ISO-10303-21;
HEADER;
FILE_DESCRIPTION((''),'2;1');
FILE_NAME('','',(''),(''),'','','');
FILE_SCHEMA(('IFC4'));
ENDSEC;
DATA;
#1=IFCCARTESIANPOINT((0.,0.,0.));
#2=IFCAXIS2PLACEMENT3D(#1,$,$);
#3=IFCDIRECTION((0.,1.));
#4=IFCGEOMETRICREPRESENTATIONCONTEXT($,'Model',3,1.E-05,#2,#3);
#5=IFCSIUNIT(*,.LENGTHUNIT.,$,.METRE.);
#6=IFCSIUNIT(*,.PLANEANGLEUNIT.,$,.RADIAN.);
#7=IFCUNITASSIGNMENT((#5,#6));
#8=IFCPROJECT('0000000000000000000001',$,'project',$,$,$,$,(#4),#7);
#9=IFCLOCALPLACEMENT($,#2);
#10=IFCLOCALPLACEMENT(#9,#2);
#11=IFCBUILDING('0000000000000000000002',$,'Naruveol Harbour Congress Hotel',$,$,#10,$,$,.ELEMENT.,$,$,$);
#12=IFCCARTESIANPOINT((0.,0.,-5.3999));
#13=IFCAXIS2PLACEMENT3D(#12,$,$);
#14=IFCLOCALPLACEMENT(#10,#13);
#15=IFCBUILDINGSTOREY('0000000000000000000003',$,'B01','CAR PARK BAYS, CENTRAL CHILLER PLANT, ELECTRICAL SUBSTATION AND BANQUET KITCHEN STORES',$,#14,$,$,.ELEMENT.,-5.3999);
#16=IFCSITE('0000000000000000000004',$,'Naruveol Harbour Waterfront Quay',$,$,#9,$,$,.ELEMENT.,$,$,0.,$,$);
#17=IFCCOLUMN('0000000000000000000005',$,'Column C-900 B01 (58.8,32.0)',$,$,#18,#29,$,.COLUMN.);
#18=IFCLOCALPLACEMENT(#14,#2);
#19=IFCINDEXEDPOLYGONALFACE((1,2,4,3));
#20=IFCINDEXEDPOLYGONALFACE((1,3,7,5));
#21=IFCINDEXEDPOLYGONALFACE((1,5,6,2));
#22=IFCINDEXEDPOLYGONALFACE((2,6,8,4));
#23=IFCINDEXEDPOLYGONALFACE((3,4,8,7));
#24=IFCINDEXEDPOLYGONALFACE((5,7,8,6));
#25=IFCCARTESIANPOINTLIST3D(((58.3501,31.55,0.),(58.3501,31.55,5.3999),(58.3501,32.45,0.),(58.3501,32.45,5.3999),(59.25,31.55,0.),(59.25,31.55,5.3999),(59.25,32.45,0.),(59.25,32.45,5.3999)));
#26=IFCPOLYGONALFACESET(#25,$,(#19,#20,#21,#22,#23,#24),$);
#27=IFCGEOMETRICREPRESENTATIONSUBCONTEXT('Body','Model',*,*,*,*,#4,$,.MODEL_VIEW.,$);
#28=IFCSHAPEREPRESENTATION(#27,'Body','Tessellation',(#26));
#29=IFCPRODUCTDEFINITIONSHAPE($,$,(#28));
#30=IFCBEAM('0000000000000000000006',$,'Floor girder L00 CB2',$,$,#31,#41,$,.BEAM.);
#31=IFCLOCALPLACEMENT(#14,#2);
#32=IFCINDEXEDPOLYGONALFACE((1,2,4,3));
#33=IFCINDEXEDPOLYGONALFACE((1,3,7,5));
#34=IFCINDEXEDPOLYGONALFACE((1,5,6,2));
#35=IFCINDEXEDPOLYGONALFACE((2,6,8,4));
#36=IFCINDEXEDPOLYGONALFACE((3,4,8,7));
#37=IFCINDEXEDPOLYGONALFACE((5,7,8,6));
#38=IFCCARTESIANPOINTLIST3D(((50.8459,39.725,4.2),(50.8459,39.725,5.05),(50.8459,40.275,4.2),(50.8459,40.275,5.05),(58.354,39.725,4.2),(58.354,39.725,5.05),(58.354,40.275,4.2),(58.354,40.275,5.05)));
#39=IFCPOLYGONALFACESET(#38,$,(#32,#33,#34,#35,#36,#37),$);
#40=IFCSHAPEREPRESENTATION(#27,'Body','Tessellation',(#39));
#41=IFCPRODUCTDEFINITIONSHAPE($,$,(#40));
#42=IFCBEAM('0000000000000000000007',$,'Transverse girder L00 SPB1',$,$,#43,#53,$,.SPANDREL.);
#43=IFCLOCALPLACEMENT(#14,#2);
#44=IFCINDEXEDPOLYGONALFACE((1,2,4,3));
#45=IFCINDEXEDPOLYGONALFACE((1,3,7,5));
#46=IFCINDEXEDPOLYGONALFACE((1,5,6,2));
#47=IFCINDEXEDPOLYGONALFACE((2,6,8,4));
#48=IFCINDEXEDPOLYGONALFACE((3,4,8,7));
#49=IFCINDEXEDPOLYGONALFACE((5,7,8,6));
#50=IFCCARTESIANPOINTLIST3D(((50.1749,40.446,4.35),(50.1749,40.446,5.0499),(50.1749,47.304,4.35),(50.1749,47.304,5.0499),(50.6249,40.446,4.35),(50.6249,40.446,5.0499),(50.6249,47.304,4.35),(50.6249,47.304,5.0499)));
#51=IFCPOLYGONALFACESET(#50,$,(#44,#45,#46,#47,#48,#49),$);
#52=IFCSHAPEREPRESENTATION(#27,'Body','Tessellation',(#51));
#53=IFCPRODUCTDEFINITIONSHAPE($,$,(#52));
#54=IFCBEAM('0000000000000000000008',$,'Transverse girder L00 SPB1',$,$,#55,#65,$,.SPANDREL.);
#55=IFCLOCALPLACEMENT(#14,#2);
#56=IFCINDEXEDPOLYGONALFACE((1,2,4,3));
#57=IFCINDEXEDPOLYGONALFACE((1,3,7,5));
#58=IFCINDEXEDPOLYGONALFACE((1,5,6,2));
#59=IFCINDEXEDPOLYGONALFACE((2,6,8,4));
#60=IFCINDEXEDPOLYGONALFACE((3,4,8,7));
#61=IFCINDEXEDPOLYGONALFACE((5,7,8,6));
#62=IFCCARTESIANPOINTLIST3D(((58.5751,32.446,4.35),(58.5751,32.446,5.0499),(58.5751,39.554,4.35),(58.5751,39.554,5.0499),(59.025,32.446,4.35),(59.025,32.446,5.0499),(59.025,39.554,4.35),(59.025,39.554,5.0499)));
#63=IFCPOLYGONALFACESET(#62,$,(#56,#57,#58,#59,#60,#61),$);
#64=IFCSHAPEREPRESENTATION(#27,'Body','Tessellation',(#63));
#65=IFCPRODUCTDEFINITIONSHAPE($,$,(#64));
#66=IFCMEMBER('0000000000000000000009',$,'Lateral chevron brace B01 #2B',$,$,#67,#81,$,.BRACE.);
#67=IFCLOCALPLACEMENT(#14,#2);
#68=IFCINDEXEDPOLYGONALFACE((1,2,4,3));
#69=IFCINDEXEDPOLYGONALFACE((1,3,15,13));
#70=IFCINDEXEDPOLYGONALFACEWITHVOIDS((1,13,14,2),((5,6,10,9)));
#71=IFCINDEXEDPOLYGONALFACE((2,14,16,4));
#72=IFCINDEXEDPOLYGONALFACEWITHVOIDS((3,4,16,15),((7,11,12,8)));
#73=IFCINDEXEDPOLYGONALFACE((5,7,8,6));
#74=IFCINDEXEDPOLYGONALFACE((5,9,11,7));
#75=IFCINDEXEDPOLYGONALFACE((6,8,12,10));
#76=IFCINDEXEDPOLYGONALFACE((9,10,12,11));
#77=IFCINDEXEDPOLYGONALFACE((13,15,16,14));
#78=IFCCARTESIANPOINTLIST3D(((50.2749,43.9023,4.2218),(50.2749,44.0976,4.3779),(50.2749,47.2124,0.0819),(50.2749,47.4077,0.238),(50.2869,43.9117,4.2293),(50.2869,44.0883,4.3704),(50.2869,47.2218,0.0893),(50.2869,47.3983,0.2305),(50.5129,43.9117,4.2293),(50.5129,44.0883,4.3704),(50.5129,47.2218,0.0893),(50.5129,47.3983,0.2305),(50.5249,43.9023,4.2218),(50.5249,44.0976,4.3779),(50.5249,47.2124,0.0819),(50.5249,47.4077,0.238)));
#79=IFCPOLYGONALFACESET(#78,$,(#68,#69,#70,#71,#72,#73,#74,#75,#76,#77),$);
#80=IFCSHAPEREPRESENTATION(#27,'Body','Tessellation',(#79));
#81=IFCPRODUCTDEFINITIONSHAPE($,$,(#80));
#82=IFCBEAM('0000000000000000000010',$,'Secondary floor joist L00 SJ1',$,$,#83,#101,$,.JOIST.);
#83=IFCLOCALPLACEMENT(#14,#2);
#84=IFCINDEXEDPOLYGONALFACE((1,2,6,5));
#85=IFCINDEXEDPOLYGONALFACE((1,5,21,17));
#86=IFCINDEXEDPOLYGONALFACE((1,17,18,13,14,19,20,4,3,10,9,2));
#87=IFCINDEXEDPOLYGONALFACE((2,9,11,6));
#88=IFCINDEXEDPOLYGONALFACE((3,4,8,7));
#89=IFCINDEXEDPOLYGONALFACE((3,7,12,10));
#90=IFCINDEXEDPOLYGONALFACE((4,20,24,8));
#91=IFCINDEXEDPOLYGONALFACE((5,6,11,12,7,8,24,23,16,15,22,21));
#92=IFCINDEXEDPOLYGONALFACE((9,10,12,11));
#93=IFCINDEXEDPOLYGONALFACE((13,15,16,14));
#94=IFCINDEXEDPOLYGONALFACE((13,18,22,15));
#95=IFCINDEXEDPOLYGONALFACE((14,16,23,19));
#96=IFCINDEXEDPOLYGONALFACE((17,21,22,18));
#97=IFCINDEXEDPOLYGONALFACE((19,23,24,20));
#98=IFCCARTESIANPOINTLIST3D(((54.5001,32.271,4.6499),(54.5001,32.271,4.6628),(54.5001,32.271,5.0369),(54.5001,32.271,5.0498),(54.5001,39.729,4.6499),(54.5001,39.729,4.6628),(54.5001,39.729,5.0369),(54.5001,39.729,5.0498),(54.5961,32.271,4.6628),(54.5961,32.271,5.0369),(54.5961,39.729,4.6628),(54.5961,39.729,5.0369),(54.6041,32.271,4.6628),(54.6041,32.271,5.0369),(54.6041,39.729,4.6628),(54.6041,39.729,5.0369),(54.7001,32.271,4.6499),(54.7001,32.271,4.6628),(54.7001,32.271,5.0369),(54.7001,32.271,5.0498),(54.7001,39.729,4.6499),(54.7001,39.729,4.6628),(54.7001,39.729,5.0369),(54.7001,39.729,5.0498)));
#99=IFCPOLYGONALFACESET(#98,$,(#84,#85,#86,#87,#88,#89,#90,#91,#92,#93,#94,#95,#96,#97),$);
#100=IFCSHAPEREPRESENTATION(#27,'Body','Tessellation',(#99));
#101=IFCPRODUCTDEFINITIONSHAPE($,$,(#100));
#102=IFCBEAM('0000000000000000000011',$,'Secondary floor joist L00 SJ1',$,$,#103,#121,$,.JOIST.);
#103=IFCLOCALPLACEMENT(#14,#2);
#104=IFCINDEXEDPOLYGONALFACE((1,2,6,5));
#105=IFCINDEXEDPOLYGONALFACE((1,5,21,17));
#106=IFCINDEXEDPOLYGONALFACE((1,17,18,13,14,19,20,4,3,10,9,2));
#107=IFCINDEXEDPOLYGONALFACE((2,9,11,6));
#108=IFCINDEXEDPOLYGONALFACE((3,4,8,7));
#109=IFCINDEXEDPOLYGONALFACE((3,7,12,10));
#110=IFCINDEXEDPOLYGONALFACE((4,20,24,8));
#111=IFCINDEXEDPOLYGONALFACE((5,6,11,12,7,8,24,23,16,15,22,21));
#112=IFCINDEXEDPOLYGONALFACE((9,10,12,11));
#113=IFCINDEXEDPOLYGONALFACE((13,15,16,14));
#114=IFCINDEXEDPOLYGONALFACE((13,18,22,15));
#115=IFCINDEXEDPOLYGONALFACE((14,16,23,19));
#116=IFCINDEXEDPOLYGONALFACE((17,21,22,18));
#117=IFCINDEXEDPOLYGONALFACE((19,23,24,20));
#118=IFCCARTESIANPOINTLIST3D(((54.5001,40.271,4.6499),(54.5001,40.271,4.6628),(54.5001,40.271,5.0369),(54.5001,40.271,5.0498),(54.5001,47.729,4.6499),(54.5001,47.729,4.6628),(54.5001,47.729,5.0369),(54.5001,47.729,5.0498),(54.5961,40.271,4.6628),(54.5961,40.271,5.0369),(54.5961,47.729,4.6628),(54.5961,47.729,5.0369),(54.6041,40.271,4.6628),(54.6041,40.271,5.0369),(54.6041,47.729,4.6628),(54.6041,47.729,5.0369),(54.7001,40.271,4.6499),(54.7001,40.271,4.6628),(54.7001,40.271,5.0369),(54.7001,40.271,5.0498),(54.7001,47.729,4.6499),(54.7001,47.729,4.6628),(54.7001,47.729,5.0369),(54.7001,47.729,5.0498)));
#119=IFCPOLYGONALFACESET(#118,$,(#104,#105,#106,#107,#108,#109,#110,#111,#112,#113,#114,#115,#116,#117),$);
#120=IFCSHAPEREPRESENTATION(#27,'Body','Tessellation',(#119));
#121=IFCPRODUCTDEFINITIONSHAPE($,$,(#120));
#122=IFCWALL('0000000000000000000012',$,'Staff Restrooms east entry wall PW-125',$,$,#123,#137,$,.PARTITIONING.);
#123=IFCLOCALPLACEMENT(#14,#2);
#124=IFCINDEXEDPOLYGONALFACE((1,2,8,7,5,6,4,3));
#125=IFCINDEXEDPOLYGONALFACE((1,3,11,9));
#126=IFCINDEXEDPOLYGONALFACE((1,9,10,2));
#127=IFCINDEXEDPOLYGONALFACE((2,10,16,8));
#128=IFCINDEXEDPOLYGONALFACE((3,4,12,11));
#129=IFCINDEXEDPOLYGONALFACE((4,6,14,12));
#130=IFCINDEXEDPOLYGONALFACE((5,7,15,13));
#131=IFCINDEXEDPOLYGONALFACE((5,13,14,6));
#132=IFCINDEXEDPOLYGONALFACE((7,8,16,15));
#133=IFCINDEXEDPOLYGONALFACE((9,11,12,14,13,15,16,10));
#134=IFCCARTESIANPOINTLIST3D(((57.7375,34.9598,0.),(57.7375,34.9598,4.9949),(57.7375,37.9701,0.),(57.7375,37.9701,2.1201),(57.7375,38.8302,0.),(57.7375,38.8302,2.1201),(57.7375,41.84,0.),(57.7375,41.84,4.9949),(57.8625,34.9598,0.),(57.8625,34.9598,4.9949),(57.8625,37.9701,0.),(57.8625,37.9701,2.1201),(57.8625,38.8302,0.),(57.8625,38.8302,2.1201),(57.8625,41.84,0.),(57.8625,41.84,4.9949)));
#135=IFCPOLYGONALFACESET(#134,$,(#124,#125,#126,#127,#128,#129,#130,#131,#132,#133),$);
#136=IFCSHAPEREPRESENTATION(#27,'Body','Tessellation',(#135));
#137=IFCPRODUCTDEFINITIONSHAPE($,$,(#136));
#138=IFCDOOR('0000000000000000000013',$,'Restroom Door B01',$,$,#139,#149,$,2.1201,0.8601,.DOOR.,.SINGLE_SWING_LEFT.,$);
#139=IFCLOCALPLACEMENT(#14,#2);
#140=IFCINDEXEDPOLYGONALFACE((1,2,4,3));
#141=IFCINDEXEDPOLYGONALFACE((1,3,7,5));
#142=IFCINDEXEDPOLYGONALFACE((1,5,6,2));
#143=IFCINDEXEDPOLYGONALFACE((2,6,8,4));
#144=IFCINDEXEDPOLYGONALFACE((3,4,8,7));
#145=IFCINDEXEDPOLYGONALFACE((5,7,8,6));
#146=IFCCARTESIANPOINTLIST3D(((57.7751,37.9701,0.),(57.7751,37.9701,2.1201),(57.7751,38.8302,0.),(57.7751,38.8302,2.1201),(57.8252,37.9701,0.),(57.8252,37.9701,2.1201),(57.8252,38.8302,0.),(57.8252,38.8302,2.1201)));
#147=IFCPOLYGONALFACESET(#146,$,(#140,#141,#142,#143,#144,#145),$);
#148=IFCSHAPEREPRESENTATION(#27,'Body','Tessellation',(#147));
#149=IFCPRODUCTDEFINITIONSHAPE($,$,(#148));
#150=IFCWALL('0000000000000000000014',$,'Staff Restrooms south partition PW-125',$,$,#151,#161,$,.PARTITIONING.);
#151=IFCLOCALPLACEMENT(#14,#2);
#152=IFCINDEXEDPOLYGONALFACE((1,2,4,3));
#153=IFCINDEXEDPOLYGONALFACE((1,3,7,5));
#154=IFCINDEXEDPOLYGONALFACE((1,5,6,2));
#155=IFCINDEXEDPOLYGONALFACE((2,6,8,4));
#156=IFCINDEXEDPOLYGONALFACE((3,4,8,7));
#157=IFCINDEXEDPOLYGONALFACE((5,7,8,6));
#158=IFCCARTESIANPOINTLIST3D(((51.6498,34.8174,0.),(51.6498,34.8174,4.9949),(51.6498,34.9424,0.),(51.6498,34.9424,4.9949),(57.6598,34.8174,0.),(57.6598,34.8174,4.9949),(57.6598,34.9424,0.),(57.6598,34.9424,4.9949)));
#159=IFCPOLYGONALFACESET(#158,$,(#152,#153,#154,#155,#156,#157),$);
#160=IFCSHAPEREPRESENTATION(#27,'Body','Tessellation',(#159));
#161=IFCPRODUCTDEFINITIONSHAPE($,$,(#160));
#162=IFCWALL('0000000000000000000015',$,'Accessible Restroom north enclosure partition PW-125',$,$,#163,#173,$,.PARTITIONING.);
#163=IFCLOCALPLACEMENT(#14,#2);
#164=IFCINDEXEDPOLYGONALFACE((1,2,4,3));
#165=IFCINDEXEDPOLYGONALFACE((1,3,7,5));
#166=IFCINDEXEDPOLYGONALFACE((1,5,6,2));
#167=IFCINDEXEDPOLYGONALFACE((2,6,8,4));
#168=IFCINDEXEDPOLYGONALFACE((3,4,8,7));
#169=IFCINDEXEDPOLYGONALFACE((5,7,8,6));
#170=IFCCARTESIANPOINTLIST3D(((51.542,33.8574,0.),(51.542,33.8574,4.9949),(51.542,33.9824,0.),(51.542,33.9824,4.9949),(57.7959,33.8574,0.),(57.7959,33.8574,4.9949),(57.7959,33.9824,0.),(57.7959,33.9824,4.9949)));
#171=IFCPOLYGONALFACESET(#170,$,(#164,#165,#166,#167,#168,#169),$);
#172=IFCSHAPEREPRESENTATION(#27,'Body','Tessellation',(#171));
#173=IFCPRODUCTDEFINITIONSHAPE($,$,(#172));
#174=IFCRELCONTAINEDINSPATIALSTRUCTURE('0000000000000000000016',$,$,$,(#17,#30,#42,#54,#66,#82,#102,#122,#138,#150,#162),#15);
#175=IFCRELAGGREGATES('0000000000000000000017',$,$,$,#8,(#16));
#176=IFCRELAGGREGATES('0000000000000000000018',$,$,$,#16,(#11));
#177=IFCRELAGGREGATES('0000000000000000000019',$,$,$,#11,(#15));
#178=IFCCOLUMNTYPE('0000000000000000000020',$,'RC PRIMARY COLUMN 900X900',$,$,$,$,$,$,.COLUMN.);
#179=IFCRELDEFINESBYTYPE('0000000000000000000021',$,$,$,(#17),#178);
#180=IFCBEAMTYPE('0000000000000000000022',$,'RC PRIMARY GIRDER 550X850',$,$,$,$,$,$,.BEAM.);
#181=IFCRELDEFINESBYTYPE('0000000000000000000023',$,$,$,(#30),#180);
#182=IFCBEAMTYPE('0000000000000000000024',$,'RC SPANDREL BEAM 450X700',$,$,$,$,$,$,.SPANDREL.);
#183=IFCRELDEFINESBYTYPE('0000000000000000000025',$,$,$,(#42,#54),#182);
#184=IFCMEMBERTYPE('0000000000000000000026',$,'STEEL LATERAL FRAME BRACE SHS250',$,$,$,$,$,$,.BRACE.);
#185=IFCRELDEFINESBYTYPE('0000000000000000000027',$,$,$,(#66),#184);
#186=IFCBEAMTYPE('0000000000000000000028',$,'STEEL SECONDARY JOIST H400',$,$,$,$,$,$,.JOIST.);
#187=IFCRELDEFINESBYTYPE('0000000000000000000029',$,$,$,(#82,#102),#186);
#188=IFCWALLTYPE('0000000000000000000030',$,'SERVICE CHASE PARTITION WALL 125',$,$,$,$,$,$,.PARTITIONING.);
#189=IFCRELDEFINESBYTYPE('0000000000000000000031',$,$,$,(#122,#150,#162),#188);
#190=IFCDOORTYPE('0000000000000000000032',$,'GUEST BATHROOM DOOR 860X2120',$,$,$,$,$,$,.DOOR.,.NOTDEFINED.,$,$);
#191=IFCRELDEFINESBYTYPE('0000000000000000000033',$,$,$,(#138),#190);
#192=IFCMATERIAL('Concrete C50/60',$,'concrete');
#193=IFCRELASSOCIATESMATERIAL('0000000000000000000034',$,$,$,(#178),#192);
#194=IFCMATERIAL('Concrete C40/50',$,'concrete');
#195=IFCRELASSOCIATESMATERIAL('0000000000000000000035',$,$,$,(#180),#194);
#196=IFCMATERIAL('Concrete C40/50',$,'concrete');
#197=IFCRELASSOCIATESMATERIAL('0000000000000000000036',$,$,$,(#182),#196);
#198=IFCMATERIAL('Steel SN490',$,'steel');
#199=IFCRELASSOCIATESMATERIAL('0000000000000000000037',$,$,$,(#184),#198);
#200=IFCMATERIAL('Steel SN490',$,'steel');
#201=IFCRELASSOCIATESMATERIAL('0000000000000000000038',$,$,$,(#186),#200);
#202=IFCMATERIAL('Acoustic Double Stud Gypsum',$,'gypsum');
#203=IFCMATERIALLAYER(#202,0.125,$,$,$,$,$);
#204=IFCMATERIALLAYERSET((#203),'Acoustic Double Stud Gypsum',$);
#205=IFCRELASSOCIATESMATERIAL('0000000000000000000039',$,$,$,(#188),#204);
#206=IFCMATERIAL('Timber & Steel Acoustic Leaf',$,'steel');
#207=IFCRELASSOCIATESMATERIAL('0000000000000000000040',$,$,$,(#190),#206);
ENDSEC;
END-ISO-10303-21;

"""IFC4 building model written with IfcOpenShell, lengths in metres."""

from ifc_helpers import new_model, si_unit, direction, frame, frame_2d, origin, origin_2d, place, context, subcontext, project, spatial, rectangle, hollow_rectangle, i_section, extrude, material, layer, layer_set, material_profile, profile_set, type_object, element, fill, save


model = new_model("IFC4")

# Units and contexts
model_context = context("Model", 3, precision=1e-05, world=origin(), true_north=direction((0.0, 1.0)))
body_context = subcontext(model_context, "Body", "Model", "MODEL_VIEW")
ifc_project = project(units=[si_unit("LENGTHUNIT", "METRE"), si_unit("PLANEANGLEUNIT", "RADIAN")], contexts=[model_context])

# Site, building, storey
site_placement = place(None, origin())
site = spatial("IfcSite", under=ifc_project, at=site_placement, Name="Naruveol Harbour Waterfront Quay", CompositionType="ELEMENT", RefElevation=0.0)
building_placement = place(site_placement, origin())
building = spatial("IfcBuilding", under=site, at=building_placement, Name="Naruveol Harbour Congress Hotel", CompositionType="ELEMENT")
storey_placement = place(building_placement, frame((0.0, 0.0, -5.3999)))
storey = spatial("IfcBuildingStorey", under=building, at=storey_placement, Name="B01", Description="CAR PARK BAYS, CENTRAL CHILLER PLANT, ELECTRICAL SUBSTATION AND BANQUET KITCHEN STORES", CompositionType="ELEMENT", Elevation=-5.3999)

# Column
ifc_material_1 = material(Name="Concrete C50/60", Category="concrete")
ifc_material_profile_1 = material_profile(ifc_material_1, rectangle(XDim=0.8999, YDim=0.8999, at=origin_2d()), Name="RC-900x900")
ifc_profile_set_1 = profile_set([ifc_material_profile_1], Name="Concrete C50/60")
column_type = type_object("IfcColumnType", Name="RC PRIMARY COLUMN 900X900", PredefinedType="COLUMN", material=ifc_profile_set_1)
column_placement = place(storey_placement, frame((58.8, 32.0, 0.0), z_axis=(0.0, 0.0, 1.0), x_axis=(1.0, 0.0, 0.0)))
element("IfcColumn", 1, at=column_placement, inside=storey, type_object=column_type, Name="Column C-900 B01 (58.8,32.0)", PredefinedType="COLUMN", context=body_context, shape_type="SweptSolid", body=[
    extrude(rectangle(XDim=0.8999, YDim=0.8999, at=origin_2d()), origin(), (0.0, 0.0, 1.0), 5.3999),
])

# Beams
ifc_material_2 = material(Name="Concrete C40/50", Category="concrete")
ifc_material_profile_2 = material_profile(ifc_material_2, rectangle(XDim=0.55, YDim=0.8501, at=origin_2d()), Name="RCB-550x850")
ifc_profile_set_2 = profile_set([ifc_material_profile_2], Name="Concrete C40/50")
beam_type_1 = type_object("IfcBeamType", Name="RC PRIMARY GIRDER 550X850", PredefinedType="BEAM", material=ifc_profile_set_2)
beam_1_placement = place(storey_placement, frame((50.8459, 40.0, 4.625), z_axis=(1.0, 0.0, 0.0), x_axis=(0.0, 1.0, 0.0)))
element("IfcBeam", 2, at=beam_1_placement, inside=storey, type_object=beam_type_1, Name="Floor girder L00 CB2", PredefinedType="BEAM", context=body_context, shape_type="SweptSolid", body=[
    extrude(rectangle(XDim=0.55, YDim=0.8501, at=origin_2d()), origin(), (0.0, 0.0, 1.0), 7.5081),
])
ifc_material_3 = material(Name="Concrete C40/50", Category="concrete")
ifc_material_profile_3 = material_profile(ifc_material_3, rectangle(XDim=0.45, YDim=0.7, at=origin_2d()), Name="RCB-450x700")
ifc_profile_set_3 = profile_set([ifc_material_profile_3], Name="Concrete C40/50")
beam_type_2 = type_object("IfcBeamType", Name="RC SPANDREL BEAM 450X700", PredefinedType="SPANDREL", material=ifc_profile_set_3)
beam_2_placement = place(storey_placement, frame((50.3999, 40.446, 4.7), z_axis=(0.0, 1.0, 0.0), x_axis=(-1.0, 0.0, 0.0)))
element("IfcBeam", 3, at=beam_2_placement, inside=storey, type_object=beam_type_2, Name="Transverse girder L00 SPB1", PredefinedType="SPANDREL", context=body_context, shape_type="SweptSolid", body=[
    extrude(rectangle(XDim=0.45, YDim=0.7, at=origin_2d()), origin(), (0.0, 0.0, 1.0), 6.8579),
])
beam_3_placement = place(storey_placement, frame((58.8, 32.446, 4.7), z_axis=(0.0, 1.0, 0.0), x_axis=(-1.0, 0.0, 0.0)))
element("IfcBeam", 4, at=beam_3_placement, inside=storey, type_object=beam_type_2, Name="Transverse girder L00 SPB1", PredefinedType="SPANDREL", context=body_context, shape_type="SweptSolid", body=[
    extrude(rectangle(XDim=0.45, YDim=0.7, at=origin_2d()), origin(), (0.0, 0.0, 1.0), 7.1079),
])

# Member
ifc_material_4 = material(Name="Steel SN490", Category="steel")
ifc_material_profile_4 = material_profile(ifc_material_4, hollow_rectangle(XDim=0.25, YDim=0.25, WallThickness=0.012, at=origin_2d()), Name="SHS-250x250x12")
ifc_profile_set_4 = profile_set([ifc_material_profile_4], Name="Steel SN490")
member_type = type_object("IfcMemberType", Name="STEEL LATERAL FRAME BRACE SHS250", PredefinedType="BRACE", material=ifc_profile_set_4)
member_placement = place(storey_placement, frame((50.3999, 47.3101, 0.1599), z_axis=(0.0, -0.624482, 0.78104), x_axis=(1.0, 0.0, 0.0)))
element("IfcMember", 5, at=member_placement, inside=storey, type_object=member_type, Name="Lateral chevron brace B01 #2B", PredefinedType="BRACE", context=body_context, shape_type="SweptSolid", body=[
    extrude(hollow_rectangle(XDim=0.25, YDim=0.25, WallThickness=0.012, at=origin_2d()), origin(), (0.0, 0.0, 1.0), 5.3005),
])

# Beams
ifc_material_5 = material(Name="Steel SN490", Category="steel")
ifc_material_profile_5 = material_profile(ifc_material_5, i_section(OverallWidth=0.2, OverallDepth=0.3999, WebThickness=0.0081, FlangeThickness=0.0129, at=origin_2d()), Name="H-400x200x8x13")
ifc_profile_set_5 = profile_set([ifc_material_profile_5], Name="Steel SN490")
beam_type_3 = type_object("IfcBeamType", Name="STEEL SECONDARY JOIST H400", PredefinedType="JOIST", material=ifc_profile_set_5)
for number, where, z_axis, x_axis, name in (
    (6, (54.6001, 32.271, 4.8499), (0.0, 1.0, 0.0), (-1.0, 0.0, 0.0), "Secondary floor joist L00 SJ1"),
    (7, (54.6001, 40.271, 4.8499), (0.0, 1.0, 0.0), (-1.0, 0.0, 0.0), "Secondary floor joist L00 SJ1"),
):
    element("IfcBeam", number, at=place(storey_placement, frame(where, z_axis=z_axis, x_axis=x_axis)), inside=storey, type_object=beam_type_3, Name=name, PredefinedType="JOIST", context=body_context, shape_type="SweptSolid", body=[
        extrude(i_section(OverallWidth=0.2, OverallDepth=0.3999, WebThickness=0.0081, FlangeThickness=0.0129, at=origin_2d()), origin(), (0.0, 0.0, 1.0), 7.458),
    ])

# Wall, opening, door
ifc_material_6 = material(Name="Acoustic Double Stud Gypsum", Category="gypsum")
ifc_layer_1 = layer(ifc_material_6, 0.125)
ifc_layer_set_1 = layer_set([ifc_layer_1], Name="Acoustic Double Stud Gypsum")
wall_type = type_object("IfcWallType", Name="SERVICE CHASE PARTITION WALL 125", PredefinedType="PARTITIONING", material=ifc_layer_set_1)
wall_1_placement = place(storey_placement, frame((57.8, 34.96, 0.0), z_axis=(0.0, 0.0, 1.0), x_axis=(0.0, 1.0, 0.0)))
wall_1 = element("IfcWall", 8, at=wall_1_placement, inside=storey, type_object=wall_type, Name="Staff Restrooms east entry wall PW-125", PredefinedType="PARTITIONING", context=body_context, shape_type="SweptSolid", body=[
    extrude(rectangle(XDim=6.8801, YDim=0.125, at=frame_2d((3.4399, 0.0))), origin(), (0.0, 0.0, 1.0), 4.9949),
])
opening_placement = place(wall_1_placement, frame((3.01, 0.0, 0.0)))
opening = element("IfcOpeningElement", 9, at=opening_placement, cuts=wall_1, PredefinedType="OPENING", context=body_context, shape_type="SweptSolid", body=[
    extrude(rectangle(XDim=0.8601, YDim=2.1201, at=frame_2d((0.4302, 1.0601))), frame((0.0, 0.0725, 0.0), z_axis=(0.0, -1.0, 0.0), x_axis=(1.0, 0.0, 0.0)), (0.0, 0.0, 1.0), 0.145),
])
ifc_material_7 = material(Name="Timber & Steel Acoustic Leaf", Category="steel")
door_type = type_object("IfcDoorType", Name="GUEST BATHROOM DOOR 860X2120", OperationType="NOTDEFINED", PredefinedType="DOOR", material=ifc_material_7)
door_placement = place(opening_placement, origin())
door = element("IfcDoor", 10, at=door_placement, inside=storey, type_object=door_type, Name="Restroom Door B01", OperationType="SINGLE_SWING_LEFT", OverallHeight=2.1201, OverallWidth=0.8601, PredefinedType="DOOR", context=body_context, shape_type="SweptSolid", body=[
    extrude(rectangle(XDim=0.8601, YDim=2.1201, at=frame_2d((0.4302, 1.0601))), frame((0.0, 0.0249, 0.0), z_axis=(0.0, -1.0, 0.0), x_axis=(1.0, 0.0, 0.0)), (0.0, 0.0, 1.0), 0.05),
])
fill(opening, door)

# Walls
wall_2_placement = place(storey_placement, frame((51.6499, 34.8799, 0.0), z_axis=(0.0, 0.0, 1.0), x_axis=(1.0, 0.0, 0.0)))
element("IfcWall", 11, at=wall_2_placement, inside=storey, type_object=wall_type, Name="Staff Restrooms south partition PW-125", PredefinedType="PARTITIONING", context=body_context, shape_type="SweptSolid", body=[
    extrude(rectangle(XDim=6.01, YDim=0.125, at=frame_2d((3.0049, 0.0))), origin(), (0.0, 0.0, 1.0), 4.9949),
])
wall_3_placement = place(storey_placement, frame((51.542, 33.9199, 0.0), z_axis=(0.0, 0.0, 1.0), x_axis=(1.0, 0.0, 0.0)))
element("IfcWall", 12, at=wall_3_placement, inside=storey, type_object=wall_type, Name="Accessible Restroom north enclosure partition PW-125", PredefinedType="PARTITIONING", context=body_context, shape_type="SweptSolid", body=[
    extrude(rectangle(XDim=6.2539, YDim=0.125, at=frame_2d((3.127, 0.0))), origin(), (0.0, 0.0, 1.0), 4.9949),
])

save(model, "model.ifc")
